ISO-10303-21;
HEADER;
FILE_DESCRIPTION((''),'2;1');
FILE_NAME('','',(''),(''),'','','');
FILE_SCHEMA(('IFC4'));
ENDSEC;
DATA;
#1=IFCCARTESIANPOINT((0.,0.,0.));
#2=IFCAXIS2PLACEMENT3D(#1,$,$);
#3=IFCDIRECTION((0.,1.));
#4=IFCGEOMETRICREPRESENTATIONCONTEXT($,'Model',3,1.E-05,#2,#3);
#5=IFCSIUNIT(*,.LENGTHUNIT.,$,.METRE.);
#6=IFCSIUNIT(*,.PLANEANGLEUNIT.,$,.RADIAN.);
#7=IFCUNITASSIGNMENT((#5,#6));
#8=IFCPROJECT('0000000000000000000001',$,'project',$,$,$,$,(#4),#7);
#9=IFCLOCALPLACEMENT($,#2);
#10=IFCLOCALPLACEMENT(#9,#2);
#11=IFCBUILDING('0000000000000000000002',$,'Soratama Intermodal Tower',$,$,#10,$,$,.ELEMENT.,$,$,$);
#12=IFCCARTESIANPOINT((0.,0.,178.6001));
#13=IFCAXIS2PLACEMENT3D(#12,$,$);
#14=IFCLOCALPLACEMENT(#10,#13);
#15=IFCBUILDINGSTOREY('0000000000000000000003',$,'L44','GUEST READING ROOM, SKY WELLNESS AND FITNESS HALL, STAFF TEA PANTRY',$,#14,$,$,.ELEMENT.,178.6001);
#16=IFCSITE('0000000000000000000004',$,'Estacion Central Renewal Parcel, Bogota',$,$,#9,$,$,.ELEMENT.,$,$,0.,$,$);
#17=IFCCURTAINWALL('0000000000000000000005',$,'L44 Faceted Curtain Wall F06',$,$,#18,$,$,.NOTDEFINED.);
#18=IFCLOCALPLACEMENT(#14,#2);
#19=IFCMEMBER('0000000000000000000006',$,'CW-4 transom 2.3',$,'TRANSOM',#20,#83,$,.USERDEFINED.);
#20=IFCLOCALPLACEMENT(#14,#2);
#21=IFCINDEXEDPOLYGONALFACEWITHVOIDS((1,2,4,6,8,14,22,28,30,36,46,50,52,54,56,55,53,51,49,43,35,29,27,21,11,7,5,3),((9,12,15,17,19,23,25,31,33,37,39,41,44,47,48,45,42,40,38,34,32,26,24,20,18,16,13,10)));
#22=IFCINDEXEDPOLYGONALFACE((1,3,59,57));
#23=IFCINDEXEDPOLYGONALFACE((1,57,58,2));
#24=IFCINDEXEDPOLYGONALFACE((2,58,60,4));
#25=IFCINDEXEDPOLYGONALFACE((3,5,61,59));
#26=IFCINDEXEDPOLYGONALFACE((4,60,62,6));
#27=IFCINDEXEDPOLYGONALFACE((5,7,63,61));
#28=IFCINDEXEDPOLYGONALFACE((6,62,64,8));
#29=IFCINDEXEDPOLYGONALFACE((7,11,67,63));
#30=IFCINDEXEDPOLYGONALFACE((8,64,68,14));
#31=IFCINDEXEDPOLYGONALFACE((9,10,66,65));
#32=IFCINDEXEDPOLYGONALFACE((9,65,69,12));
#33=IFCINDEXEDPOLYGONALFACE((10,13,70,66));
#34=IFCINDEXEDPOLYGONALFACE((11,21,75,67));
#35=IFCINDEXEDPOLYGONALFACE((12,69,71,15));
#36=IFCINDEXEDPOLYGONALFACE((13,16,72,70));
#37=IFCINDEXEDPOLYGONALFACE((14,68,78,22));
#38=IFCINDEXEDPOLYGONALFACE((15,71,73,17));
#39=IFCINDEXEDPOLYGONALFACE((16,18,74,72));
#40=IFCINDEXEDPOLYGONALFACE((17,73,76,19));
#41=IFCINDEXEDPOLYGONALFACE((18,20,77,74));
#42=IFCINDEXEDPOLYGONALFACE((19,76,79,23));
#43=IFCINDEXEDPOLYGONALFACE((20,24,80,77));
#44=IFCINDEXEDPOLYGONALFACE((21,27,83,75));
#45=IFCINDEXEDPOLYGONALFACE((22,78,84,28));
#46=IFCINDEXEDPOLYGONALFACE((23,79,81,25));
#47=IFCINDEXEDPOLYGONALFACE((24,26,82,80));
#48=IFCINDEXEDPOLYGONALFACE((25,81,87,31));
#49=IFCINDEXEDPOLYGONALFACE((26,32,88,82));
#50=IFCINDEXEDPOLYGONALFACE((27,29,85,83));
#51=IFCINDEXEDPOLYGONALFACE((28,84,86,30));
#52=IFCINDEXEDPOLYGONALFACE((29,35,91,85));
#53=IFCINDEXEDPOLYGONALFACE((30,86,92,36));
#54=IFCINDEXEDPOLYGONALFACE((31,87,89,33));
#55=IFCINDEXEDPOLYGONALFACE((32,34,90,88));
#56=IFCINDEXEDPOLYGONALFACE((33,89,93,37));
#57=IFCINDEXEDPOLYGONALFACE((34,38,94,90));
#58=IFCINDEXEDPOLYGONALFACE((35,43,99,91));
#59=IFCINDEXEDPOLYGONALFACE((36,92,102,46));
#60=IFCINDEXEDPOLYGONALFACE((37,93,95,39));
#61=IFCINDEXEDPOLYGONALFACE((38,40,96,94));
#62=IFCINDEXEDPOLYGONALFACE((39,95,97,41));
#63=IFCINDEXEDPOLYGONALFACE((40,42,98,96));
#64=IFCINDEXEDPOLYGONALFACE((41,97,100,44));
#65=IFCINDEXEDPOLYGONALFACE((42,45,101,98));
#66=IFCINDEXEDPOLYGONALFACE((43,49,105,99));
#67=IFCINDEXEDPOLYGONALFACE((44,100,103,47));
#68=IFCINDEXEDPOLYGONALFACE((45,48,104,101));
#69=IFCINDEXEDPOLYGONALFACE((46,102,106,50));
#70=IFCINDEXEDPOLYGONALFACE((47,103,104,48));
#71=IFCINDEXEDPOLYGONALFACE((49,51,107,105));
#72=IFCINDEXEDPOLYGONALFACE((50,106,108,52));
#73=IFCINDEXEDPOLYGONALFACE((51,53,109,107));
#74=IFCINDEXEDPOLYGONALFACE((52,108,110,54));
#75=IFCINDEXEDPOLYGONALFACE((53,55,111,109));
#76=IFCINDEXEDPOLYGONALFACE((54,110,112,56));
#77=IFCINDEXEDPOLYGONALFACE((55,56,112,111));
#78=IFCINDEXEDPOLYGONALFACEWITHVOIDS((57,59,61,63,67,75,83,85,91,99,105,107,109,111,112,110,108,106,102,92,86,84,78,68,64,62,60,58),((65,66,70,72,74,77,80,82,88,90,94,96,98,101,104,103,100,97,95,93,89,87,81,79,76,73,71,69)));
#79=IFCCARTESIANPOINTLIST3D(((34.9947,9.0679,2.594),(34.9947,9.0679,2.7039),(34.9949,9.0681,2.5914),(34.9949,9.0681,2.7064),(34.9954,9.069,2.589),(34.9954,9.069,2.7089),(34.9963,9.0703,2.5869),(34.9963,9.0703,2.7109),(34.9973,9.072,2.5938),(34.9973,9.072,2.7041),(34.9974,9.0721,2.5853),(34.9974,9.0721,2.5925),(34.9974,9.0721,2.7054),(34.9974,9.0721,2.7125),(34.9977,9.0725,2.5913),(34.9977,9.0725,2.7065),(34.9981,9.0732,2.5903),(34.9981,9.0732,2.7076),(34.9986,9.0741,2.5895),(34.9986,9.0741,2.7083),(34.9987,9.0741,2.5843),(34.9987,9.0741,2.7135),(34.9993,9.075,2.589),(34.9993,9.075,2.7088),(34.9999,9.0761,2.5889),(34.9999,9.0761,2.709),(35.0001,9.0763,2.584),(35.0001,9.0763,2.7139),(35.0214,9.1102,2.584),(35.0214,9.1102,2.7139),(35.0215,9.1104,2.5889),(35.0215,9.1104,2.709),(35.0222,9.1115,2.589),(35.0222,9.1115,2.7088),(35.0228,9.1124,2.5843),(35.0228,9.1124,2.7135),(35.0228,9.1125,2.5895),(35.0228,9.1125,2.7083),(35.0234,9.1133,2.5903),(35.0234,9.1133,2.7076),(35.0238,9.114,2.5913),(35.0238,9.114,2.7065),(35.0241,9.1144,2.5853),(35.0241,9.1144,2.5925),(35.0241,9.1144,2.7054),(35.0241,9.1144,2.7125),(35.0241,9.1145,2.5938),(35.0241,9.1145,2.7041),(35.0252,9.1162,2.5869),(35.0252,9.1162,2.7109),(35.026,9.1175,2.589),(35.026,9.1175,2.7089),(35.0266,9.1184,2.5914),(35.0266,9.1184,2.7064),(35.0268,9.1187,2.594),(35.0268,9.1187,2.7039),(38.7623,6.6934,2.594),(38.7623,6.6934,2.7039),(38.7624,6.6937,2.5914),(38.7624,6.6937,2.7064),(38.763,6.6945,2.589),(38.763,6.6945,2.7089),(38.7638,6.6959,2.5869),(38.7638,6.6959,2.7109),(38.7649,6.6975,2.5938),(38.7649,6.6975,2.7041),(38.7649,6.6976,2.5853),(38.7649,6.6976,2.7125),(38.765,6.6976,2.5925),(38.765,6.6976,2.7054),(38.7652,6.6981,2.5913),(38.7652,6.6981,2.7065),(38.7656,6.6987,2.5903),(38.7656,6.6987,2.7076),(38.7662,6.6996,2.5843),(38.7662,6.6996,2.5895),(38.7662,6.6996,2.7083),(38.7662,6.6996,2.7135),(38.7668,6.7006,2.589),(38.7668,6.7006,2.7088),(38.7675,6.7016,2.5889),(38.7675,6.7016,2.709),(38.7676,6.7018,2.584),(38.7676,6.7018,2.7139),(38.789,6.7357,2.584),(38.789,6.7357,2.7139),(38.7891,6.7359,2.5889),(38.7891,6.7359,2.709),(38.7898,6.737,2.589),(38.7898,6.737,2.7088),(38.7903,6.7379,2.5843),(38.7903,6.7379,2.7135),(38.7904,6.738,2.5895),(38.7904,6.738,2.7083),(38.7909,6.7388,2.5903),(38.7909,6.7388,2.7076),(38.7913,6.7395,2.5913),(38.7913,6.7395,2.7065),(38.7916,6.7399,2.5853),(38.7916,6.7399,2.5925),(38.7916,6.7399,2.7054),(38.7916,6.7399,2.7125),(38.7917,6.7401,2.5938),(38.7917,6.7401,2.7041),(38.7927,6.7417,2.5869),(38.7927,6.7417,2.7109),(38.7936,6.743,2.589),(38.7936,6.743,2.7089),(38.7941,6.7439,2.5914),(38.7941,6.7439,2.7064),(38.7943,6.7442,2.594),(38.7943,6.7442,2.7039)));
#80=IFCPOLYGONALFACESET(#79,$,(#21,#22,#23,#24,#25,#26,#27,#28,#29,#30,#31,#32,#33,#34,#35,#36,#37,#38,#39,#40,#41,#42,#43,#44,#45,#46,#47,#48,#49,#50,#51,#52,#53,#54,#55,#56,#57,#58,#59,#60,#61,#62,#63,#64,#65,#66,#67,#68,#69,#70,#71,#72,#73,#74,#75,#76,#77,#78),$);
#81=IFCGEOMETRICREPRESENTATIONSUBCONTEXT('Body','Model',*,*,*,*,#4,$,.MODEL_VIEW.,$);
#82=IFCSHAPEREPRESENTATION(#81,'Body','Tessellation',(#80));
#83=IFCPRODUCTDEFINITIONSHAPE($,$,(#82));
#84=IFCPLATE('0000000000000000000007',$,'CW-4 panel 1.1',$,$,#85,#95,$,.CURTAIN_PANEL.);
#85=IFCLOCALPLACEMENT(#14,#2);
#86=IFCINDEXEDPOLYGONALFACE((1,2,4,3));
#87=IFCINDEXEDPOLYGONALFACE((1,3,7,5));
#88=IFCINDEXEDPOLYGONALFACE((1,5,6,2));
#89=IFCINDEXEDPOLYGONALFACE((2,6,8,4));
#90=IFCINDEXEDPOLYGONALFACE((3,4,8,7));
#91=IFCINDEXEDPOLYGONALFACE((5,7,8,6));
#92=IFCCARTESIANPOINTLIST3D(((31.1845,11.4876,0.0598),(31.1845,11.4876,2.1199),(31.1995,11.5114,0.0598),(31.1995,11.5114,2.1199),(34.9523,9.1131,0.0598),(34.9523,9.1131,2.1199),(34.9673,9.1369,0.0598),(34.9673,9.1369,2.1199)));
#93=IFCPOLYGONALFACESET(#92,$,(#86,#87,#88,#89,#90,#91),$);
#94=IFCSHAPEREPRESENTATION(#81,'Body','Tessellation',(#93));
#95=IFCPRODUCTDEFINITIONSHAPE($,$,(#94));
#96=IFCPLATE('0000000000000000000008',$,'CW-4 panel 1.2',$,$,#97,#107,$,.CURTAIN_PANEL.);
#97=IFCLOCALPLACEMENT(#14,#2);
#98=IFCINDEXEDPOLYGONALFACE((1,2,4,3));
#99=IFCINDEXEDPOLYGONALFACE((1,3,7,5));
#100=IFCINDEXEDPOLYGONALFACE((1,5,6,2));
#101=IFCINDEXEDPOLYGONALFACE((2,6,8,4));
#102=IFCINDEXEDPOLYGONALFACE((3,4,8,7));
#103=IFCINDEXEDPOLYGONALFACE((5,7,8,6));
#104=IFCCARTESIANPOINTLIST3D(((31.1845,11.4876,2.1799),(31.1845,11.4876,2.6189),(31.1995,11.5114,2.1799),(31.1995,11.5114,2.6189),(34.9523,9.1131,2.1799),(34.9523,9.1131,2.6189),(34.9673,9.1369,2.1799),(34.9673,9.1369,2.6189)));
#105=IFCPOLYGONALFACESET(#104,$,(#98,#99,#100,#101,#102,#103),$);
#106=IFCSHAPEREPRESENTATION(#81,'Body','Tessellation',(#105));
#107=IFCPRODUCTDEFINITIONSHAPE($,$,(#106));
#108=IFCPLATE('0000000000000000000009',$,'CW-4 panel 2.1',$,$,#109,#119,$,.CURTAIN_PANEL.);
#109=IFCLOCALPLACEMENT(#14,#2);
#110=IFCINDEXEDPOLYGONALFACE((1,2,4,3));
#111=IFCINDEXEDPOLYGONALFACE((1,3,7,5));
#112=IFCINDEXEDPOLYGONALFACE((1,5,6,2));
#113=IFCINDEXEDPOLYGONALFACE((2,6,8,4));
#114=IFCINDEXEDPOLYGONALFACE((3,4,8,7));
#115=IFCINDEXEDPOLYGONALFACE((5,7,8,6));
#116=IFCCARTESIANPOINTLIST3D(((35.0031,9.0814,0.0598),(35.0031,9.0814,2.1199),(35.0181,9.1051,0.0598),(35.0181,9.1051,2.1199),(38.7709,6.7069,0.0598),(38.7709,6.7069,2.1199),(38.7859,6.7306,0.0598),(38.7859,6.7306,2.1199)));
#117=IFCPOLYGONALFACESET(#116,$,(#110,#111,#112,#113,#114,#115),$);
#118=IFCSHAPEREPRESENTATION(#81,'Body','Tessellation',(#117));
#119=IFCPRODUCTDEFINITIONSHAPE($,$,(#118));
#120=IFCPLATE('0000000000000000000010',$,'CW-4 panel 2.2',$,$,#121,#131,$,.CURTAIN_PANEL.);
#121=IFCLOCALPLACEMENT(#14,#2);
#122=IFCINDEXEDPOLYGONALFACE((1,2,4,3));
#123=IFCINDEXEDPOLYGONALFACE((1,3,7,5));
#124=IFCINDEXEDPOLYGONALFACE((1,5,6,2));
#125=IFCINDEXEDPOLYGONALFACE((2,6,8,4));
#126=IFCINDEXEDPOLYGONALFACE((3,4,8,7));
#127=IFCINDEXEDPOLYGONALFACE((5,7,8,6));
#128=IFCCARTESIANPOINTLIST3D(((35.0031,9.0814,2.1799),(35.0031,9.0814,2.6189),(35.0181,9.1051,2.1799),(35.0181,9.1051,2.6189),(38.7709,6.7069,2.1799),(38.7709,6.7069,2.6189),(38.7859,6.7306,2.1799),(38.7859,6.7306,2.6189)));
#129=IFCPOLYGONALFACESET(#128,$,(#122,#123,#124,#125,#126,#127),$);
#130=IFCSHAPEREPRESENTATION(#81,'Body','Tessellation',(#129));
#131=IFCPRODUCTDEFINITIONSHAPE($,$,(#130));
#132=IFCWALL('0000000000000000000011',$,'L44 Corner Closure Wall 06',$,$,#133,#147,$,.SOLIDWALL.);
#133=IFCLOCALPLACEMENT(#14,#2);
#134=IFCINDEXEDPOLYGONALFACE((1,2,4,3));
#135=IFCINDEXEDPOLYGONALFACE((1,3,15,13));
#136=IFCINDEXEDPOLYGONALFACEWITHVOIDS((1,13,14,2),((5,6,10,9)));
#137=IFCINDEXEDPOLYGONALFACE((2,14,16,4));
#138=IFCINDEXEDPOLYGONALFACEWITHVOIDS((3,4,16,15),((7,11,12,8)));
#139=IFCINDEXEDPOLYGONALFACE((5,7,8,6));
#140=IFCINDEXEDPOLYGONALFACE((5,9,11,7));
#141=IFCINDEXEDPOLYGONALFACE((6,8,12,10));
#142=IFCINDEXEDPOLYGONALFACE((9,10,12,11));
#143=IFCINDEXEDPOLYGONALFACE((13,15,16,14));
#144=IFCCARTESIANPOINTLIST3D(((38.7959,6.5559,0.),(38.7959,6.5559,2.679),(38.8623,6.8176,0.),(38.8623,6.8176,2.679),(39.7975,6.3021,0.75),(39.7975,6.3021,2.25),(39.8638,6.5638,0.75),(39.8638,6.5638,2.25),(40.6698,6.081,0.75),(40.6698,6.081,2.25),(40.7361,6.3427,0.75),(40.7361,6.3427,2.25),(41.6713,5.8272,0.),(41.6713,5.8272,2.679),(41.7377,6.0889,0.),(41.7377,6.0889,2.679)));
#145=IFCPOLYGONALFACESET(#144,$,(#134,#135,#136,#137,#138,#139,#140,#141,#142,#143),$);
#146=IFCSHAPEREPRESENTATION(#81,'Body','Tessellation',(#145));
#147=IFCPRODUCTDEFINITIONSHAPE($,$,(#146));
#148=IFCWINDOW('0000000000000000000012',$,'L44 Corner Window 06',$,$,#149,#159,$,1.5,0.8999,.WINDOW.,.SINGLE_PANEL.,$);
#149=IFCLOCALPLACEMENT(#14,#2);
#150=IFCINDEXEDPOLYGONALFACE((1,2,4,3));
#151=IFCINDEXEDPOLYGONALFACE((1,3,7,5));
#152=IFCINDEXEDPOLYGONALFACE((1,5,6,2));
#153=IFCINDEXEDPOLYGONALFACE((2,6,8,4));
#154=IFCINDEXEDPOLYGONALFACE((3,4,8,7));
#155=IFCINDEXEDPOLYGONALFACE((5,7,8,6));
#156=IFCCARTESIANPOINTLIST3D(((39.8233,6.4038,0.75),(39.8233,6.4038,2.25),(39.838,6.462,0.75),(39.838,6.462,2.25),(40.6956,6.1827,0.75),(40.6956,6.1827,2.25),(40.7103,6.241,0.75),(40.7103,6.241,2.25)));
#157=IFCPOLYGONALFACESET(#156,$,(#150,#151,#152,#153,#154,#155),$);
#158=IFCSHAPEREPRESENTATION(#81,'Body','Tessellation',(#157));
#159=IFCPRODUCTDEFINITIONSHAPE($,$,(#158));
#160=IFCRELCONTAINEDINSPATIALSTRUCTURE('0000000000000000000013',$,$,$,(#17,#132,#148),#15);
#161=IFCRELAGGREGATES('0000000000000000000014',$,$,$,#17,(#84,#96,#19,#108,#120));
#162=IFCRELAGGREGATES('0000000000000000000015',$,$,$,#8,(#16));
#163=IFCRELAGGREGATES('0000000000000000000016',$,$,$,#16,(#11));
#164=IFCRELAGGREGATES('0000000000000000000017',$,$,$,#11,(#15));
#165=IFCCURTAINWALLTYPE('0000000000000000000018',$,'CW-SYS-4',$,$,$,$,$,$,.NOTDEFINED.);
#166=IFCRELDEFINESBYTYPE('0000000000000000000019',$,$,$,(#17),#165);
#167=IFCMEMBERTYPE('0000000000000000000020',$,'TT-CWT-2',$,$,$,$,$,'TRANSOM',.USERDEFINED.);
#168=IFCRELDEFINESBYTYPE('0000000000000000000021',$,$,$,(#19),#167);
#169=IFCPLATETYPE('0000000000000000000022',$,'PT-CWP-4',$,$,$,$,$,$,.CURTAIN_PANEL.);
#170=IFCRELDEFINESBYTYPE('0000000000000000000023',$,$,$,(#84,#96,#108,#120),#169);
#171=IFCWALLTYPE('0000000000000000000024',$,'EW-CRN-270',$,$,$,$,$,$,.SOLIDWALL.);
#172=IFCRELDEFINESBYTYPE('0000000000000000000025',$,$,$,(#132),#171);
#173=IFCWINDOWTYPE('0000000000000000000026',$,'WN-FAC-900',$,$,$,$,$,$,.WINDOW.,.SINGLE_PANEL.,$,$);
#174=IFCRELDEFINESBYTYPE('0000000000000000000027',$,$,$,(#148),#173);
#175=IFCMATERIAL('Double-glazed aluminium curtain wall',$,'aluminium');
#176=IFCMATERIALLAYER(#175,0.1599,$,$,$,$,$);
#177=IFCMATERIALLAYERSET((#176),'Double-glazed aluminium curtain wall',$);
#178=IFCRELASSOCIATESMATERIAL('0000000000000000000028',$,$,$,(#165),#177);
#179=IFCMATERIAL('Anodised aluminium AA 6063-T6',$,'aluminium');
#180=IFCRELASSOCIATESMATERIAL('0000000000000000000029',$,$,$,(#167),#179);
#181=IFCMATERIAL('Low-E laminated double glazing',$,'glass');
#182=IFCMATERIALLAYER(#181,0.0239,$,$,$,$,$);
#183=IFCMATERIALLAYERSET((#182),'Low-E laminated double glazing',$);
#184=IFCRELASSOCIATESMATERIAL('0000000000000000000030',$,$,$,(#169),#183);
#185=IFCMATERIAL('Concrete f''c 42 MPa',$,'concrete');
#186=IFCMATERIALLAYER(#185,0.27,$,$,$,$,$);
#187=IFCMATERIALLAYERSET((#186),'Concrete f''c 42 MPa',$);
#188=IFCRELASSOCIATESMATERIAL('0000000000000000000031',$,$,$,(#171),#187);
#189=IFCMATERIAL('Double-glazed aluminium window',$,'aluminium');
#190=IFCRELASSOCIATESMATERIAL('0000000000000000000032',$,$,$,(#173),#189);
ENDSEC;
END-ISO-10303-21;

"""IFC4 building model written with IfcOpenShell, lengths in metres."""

from ifc_helpers import new_model, si_unit, direction, frame, frame_2d, origin, origin_2d, place, context, subcontext, project, spatial, rectangle, hollow_rectangle, extrude, material, layer, layer_set, material_profile, profile_set, type_object, element, fill, aggregate, save


model = new_model("IFC4")

# Units and contexts
model_context = context("Model", 3, precision=1e-05, world=origin(), true_north=direction((0.0, 1.0)))
body_context = subcontext(model_context, "Body", "Model", "MODEL_VIEW")
ifc_project = project(units=[si_unit("LENGTHUNIT", "METRE"), si_unit("PLANEANGLEUNIT", "RADIAN")], contexts=[model_context])

# Site, building, storey
site_placement = place(None, origin())
site = spatial("IfcSite", under=ifc_project, at=site_placement, Name="Estacion Central Renewal Parcel, Bogota", CompositionType="ELEMENT", RefElevation=0.0)
building_placement = place(site_placement, origin())
building = spatial("IfcBuilding", under=site, at=building_placement, Name="Soratama Intermodal Tower", CompositionType="ELEMENT")
storey_placement = place(building_placement, frame((0.0, 0.0, 178.6001)))
storey = spatial("IfcBuildingStorey", under=building, at=storey_placement, Name="L44", Description="GUEST READING ROOM, SKY WELLNESS AND FITNESS HALL, STAFF TEA PANTRY", CompositionType="ELEMENT", Elevation=178.6001)

# Curtain wall, member, plates
ifc_material_1 = material(Name="Double-glazed aluminium curtain wall", Category="aluminium")
ifc_layer_1 = layer(ifc_material_1, 0.1599)
ifc_layer_set_1 = layer_set([ifc_layer_1], Name="Double-glazed aluminium curtain wall")
curtain_wall_type = type_object("IfcCurtainWallType", Name="CW-SYS-4", PredefinedType="NOTDEFINED", material=ifc_layer_set_1)
curtain_wall_placement = place(storey_placement, origin())
curtain_wall = element("IfcCurtainWall", 1, at=curtain_wall_placement, inside=storey, type_object=curtain_wall_type, Name="L44 Faceted Curtain Wall F06", PredefinedType="NOTDEFINED")
ifc_material_2 = material(Name="Anodised aluminium AA 6063-T6", Category="aluminium")
ifc_material_profile_1 = material_profile(ifc_material_2, hollow_rectangle(XDim=0.0601, YDim=0.1299, WallThickness=0.0049, InnerFilletRadius=0.0049, OuterFilletRadius=0.01, at=origin_2d()), Name="CWT130X60X5")
ifc_profile_set_1 = profile_set([ifc_material_profile_1], Name="Anodised aluminium AA 6063-T6")
member_type_1 = type_object("IfcMemberType", Name="TT-CWT-2", ElementType="TRANSOM", PredefinedType="USERDEFINED", material=ifc_profile_set_1)
member_1_placement = place(storey_placement, frame((35.0107, 9.0933, 2.6489), z_axis=(0.845997, -0.533188, 0.0), x_axis=(0.533188, 0.845997, 0.0)))
member_1 = element("IfcMember", 2, at=member_1_placement, type_object=member_type_1, Name="CW-4 transom 2.3", ObjectType="TRANSOM", PredefinedType="USERDEFINED", context=body_context, shape_type="SweptSolid", body=[
    extrude(hollow_rectangle(XDim=0.0601, YDim=0.1299, WallThickness=0.0049, InnerFilletRadius=0.0049, OuterFilletRadius=0.01, at=origin_2d()), origin(), (0.0, 0.0, 1.0), 4.4534),
])
ifc_material_3 = material(Name="Low-E laminated double glazing", Category="glass")
ifc_layer_2 = layer(ifc_material_3, 0.0239)
ifc_layer_set_2 = layer_set([ifc_layer_2], Name="Low-E laminated double glazing")
plate_type = type_object("IfcPlateType", Name="PT-CWP-4", PredefinedType="CURTAIN_PANEL", material=ifc_layer_set_2)
plate_1_placement = place(storey_placement, frame((33.0759, 10.3123, 0.0598), z_axis=(0.0, 0.0, 1.0), x_axis=(0.84601, -0.533168, 0.0)))
plate_1 = element("IfcPlate", 3, at=plate_1_placement, type_object=plate_type, Name="CW-4 panel 1.1", PredefinedType="CURTAIN_PANEL", context=body_context, shape_type="SweptSolid", body=[
    extrude(rectangle(XDim=4.4536, YDim=0.0281, at=origin_2d()), origin(), (0.0, 0.0, 1.0), 2.0601),
])
plate_2_placement = place(storey_placement, frame((33.0759, 10.3123, 2.1799), z_axis=(0.0, 0.0, 1.0), x_axis=(0.84601, -0.533168, 0.0)))
plate_2 = element("IfcPlate", 4, at=plate_2_placement, type_object=plate_type, Name="CW-4 panel 1.2", PredefinedType="CURTAIN_PANEL", context=body_context, shape_type="SweptSolid", body=[
    extrude(rectangle(XDim=4.4536, YDim=0.0281, at=origin_2d()), origin(), (0.0, 0.0, 1.0), 0.439),
])
plate_3_placement = place(storey_placement, frame((36.8945, 7.906, 0.0598), z_axis=(0.0, 0.0, 1.0), x_axis=(0.84601, -0.533168, 0.0)))
plate_3 = element("IfcPlate", 5, at=plate_3_placement, type_object=plate_type, Name="CW-4 panel 2.1", PredefinedType="CURTAIN_PANEL", context=body_context, shape_type="SweptSolid", body=[
    extrude(rectangle(XDim=4.4536, YDim=0.0281, at=origin_2d()), origin(), (0.0, 0.0, 1.0), 2.0601),
])
plate_4_placement = place(storey_placement, frame((36.8945, 7.906, 2.1799), z_axis=(0.0, 0.0, 1.0), x_axis=(0.84601, -0.533168, 0.0)))
plate_4 = element("IfcPlate", 6, at=plate_4_placement, type_object=plate_type, Name="CW-4 panel 2.2", PredefinedType="CURTAIN_PANEL", context=body_context, shape_type="SweptSolid", body=[
    extrude(rectangle(XDim=4.4536, YDim=0.0281, at=origin_2d()), origin(), (0.0, 0.0, 1.0), 0.439),
])
aggregate(curtain_wall, [plate_1, plate_2, member_1, plate_3, plate_4])

# Wall, opening, window
ifc_material_4 = material(Name="Concrete f'c 42 MPa", Category="concrete")
ifc_layer_3 = layer(ifc_material_4, 0.27)
ifc_layer_set_3 = layer_set([ifc_layer_3], Name="Concrete f'c 42 MPa")
wall_type_1 = type_object("IfcWallType", Name="EW-CRN-270", PredefinedType="SOLIDWALL", material=ifc_layer_set_3)
wall_1_placement = place(storey_placement, frame((38.8291, 6.6868, 0.0), z_axis=(0.0, 0.0, 1.0), x_axis=(0.969353, -0.245672, 0.0)))
wall_1 = element("IfcWall", 7, at=wall_1_placement, inside=storey, type_object=wall_type_1, Name="L44 Corner Closure Wall 06", PredefinedType="SOLIDWALL", context=body_context, shape_type="SweptSolid", body=[
    extrude(rectangle(XDim=2.9663, YDim=0.27, at=frame_2d((1.4832, 0.0))), origin(), (0.0, 0.0, 1.0), 2.679),
])
opening_1_placement = place(wall_1_placement, frame((1.0332, 0.0, 0.75)))
opening_1 = element("IfcOpeningElement", 8, at=opening_1_placement, cuts=wall_1, PredefinedType="OPENING", context=body_context, shape_type="SweptSolid", body=[
    extrude(rectangle(XDim=0.8999, YDim=1.5, at=frame_2d((0.45, 0.75))), frame((0.0, 0.145, 0.0), z_axis=(0.0, -1.0, 0.0), x_axis=(1.0, 0.0, 0.0)), (0.0, 0.0, 1.0), 0.29),
])
ifc_material_5 = material(Name="Double-glazed aluminium window", Category="aluminium")
window_type = type_object("IfcWindowType", Name="WN-FAC-900", PartitioningType="SINGLE_PANEL", PredefinedType="WINDOW", material=ifc_material_5)
window_placement = place(opening_1_placement, origin())
window = element("IfcWindow", 9, at=window_placement, inside=storey, type_object=window_type, Name="L44 Corner Window 06", OverallHeight=1.5, OverallWidth=0.8999, PartitioningType="SINGLE_PANEL", PredefinedType="WINDOW", context=body_context, shape_type="SweptSolid", body=[
    extrude(rectangle(XDim=0.8999, YDim=1.5, at=frame_2d((0.45, 0.75))), frame((0.0, 0.03, 0.0), z_axis=(0.0, -1.0, 0.0), x_axis=(1.0, 0.0, 0.0)), (0.0, 0.0, 1.0), 0.0601),
])
fill(opening_1, window)

save(model, "model.ifc")
